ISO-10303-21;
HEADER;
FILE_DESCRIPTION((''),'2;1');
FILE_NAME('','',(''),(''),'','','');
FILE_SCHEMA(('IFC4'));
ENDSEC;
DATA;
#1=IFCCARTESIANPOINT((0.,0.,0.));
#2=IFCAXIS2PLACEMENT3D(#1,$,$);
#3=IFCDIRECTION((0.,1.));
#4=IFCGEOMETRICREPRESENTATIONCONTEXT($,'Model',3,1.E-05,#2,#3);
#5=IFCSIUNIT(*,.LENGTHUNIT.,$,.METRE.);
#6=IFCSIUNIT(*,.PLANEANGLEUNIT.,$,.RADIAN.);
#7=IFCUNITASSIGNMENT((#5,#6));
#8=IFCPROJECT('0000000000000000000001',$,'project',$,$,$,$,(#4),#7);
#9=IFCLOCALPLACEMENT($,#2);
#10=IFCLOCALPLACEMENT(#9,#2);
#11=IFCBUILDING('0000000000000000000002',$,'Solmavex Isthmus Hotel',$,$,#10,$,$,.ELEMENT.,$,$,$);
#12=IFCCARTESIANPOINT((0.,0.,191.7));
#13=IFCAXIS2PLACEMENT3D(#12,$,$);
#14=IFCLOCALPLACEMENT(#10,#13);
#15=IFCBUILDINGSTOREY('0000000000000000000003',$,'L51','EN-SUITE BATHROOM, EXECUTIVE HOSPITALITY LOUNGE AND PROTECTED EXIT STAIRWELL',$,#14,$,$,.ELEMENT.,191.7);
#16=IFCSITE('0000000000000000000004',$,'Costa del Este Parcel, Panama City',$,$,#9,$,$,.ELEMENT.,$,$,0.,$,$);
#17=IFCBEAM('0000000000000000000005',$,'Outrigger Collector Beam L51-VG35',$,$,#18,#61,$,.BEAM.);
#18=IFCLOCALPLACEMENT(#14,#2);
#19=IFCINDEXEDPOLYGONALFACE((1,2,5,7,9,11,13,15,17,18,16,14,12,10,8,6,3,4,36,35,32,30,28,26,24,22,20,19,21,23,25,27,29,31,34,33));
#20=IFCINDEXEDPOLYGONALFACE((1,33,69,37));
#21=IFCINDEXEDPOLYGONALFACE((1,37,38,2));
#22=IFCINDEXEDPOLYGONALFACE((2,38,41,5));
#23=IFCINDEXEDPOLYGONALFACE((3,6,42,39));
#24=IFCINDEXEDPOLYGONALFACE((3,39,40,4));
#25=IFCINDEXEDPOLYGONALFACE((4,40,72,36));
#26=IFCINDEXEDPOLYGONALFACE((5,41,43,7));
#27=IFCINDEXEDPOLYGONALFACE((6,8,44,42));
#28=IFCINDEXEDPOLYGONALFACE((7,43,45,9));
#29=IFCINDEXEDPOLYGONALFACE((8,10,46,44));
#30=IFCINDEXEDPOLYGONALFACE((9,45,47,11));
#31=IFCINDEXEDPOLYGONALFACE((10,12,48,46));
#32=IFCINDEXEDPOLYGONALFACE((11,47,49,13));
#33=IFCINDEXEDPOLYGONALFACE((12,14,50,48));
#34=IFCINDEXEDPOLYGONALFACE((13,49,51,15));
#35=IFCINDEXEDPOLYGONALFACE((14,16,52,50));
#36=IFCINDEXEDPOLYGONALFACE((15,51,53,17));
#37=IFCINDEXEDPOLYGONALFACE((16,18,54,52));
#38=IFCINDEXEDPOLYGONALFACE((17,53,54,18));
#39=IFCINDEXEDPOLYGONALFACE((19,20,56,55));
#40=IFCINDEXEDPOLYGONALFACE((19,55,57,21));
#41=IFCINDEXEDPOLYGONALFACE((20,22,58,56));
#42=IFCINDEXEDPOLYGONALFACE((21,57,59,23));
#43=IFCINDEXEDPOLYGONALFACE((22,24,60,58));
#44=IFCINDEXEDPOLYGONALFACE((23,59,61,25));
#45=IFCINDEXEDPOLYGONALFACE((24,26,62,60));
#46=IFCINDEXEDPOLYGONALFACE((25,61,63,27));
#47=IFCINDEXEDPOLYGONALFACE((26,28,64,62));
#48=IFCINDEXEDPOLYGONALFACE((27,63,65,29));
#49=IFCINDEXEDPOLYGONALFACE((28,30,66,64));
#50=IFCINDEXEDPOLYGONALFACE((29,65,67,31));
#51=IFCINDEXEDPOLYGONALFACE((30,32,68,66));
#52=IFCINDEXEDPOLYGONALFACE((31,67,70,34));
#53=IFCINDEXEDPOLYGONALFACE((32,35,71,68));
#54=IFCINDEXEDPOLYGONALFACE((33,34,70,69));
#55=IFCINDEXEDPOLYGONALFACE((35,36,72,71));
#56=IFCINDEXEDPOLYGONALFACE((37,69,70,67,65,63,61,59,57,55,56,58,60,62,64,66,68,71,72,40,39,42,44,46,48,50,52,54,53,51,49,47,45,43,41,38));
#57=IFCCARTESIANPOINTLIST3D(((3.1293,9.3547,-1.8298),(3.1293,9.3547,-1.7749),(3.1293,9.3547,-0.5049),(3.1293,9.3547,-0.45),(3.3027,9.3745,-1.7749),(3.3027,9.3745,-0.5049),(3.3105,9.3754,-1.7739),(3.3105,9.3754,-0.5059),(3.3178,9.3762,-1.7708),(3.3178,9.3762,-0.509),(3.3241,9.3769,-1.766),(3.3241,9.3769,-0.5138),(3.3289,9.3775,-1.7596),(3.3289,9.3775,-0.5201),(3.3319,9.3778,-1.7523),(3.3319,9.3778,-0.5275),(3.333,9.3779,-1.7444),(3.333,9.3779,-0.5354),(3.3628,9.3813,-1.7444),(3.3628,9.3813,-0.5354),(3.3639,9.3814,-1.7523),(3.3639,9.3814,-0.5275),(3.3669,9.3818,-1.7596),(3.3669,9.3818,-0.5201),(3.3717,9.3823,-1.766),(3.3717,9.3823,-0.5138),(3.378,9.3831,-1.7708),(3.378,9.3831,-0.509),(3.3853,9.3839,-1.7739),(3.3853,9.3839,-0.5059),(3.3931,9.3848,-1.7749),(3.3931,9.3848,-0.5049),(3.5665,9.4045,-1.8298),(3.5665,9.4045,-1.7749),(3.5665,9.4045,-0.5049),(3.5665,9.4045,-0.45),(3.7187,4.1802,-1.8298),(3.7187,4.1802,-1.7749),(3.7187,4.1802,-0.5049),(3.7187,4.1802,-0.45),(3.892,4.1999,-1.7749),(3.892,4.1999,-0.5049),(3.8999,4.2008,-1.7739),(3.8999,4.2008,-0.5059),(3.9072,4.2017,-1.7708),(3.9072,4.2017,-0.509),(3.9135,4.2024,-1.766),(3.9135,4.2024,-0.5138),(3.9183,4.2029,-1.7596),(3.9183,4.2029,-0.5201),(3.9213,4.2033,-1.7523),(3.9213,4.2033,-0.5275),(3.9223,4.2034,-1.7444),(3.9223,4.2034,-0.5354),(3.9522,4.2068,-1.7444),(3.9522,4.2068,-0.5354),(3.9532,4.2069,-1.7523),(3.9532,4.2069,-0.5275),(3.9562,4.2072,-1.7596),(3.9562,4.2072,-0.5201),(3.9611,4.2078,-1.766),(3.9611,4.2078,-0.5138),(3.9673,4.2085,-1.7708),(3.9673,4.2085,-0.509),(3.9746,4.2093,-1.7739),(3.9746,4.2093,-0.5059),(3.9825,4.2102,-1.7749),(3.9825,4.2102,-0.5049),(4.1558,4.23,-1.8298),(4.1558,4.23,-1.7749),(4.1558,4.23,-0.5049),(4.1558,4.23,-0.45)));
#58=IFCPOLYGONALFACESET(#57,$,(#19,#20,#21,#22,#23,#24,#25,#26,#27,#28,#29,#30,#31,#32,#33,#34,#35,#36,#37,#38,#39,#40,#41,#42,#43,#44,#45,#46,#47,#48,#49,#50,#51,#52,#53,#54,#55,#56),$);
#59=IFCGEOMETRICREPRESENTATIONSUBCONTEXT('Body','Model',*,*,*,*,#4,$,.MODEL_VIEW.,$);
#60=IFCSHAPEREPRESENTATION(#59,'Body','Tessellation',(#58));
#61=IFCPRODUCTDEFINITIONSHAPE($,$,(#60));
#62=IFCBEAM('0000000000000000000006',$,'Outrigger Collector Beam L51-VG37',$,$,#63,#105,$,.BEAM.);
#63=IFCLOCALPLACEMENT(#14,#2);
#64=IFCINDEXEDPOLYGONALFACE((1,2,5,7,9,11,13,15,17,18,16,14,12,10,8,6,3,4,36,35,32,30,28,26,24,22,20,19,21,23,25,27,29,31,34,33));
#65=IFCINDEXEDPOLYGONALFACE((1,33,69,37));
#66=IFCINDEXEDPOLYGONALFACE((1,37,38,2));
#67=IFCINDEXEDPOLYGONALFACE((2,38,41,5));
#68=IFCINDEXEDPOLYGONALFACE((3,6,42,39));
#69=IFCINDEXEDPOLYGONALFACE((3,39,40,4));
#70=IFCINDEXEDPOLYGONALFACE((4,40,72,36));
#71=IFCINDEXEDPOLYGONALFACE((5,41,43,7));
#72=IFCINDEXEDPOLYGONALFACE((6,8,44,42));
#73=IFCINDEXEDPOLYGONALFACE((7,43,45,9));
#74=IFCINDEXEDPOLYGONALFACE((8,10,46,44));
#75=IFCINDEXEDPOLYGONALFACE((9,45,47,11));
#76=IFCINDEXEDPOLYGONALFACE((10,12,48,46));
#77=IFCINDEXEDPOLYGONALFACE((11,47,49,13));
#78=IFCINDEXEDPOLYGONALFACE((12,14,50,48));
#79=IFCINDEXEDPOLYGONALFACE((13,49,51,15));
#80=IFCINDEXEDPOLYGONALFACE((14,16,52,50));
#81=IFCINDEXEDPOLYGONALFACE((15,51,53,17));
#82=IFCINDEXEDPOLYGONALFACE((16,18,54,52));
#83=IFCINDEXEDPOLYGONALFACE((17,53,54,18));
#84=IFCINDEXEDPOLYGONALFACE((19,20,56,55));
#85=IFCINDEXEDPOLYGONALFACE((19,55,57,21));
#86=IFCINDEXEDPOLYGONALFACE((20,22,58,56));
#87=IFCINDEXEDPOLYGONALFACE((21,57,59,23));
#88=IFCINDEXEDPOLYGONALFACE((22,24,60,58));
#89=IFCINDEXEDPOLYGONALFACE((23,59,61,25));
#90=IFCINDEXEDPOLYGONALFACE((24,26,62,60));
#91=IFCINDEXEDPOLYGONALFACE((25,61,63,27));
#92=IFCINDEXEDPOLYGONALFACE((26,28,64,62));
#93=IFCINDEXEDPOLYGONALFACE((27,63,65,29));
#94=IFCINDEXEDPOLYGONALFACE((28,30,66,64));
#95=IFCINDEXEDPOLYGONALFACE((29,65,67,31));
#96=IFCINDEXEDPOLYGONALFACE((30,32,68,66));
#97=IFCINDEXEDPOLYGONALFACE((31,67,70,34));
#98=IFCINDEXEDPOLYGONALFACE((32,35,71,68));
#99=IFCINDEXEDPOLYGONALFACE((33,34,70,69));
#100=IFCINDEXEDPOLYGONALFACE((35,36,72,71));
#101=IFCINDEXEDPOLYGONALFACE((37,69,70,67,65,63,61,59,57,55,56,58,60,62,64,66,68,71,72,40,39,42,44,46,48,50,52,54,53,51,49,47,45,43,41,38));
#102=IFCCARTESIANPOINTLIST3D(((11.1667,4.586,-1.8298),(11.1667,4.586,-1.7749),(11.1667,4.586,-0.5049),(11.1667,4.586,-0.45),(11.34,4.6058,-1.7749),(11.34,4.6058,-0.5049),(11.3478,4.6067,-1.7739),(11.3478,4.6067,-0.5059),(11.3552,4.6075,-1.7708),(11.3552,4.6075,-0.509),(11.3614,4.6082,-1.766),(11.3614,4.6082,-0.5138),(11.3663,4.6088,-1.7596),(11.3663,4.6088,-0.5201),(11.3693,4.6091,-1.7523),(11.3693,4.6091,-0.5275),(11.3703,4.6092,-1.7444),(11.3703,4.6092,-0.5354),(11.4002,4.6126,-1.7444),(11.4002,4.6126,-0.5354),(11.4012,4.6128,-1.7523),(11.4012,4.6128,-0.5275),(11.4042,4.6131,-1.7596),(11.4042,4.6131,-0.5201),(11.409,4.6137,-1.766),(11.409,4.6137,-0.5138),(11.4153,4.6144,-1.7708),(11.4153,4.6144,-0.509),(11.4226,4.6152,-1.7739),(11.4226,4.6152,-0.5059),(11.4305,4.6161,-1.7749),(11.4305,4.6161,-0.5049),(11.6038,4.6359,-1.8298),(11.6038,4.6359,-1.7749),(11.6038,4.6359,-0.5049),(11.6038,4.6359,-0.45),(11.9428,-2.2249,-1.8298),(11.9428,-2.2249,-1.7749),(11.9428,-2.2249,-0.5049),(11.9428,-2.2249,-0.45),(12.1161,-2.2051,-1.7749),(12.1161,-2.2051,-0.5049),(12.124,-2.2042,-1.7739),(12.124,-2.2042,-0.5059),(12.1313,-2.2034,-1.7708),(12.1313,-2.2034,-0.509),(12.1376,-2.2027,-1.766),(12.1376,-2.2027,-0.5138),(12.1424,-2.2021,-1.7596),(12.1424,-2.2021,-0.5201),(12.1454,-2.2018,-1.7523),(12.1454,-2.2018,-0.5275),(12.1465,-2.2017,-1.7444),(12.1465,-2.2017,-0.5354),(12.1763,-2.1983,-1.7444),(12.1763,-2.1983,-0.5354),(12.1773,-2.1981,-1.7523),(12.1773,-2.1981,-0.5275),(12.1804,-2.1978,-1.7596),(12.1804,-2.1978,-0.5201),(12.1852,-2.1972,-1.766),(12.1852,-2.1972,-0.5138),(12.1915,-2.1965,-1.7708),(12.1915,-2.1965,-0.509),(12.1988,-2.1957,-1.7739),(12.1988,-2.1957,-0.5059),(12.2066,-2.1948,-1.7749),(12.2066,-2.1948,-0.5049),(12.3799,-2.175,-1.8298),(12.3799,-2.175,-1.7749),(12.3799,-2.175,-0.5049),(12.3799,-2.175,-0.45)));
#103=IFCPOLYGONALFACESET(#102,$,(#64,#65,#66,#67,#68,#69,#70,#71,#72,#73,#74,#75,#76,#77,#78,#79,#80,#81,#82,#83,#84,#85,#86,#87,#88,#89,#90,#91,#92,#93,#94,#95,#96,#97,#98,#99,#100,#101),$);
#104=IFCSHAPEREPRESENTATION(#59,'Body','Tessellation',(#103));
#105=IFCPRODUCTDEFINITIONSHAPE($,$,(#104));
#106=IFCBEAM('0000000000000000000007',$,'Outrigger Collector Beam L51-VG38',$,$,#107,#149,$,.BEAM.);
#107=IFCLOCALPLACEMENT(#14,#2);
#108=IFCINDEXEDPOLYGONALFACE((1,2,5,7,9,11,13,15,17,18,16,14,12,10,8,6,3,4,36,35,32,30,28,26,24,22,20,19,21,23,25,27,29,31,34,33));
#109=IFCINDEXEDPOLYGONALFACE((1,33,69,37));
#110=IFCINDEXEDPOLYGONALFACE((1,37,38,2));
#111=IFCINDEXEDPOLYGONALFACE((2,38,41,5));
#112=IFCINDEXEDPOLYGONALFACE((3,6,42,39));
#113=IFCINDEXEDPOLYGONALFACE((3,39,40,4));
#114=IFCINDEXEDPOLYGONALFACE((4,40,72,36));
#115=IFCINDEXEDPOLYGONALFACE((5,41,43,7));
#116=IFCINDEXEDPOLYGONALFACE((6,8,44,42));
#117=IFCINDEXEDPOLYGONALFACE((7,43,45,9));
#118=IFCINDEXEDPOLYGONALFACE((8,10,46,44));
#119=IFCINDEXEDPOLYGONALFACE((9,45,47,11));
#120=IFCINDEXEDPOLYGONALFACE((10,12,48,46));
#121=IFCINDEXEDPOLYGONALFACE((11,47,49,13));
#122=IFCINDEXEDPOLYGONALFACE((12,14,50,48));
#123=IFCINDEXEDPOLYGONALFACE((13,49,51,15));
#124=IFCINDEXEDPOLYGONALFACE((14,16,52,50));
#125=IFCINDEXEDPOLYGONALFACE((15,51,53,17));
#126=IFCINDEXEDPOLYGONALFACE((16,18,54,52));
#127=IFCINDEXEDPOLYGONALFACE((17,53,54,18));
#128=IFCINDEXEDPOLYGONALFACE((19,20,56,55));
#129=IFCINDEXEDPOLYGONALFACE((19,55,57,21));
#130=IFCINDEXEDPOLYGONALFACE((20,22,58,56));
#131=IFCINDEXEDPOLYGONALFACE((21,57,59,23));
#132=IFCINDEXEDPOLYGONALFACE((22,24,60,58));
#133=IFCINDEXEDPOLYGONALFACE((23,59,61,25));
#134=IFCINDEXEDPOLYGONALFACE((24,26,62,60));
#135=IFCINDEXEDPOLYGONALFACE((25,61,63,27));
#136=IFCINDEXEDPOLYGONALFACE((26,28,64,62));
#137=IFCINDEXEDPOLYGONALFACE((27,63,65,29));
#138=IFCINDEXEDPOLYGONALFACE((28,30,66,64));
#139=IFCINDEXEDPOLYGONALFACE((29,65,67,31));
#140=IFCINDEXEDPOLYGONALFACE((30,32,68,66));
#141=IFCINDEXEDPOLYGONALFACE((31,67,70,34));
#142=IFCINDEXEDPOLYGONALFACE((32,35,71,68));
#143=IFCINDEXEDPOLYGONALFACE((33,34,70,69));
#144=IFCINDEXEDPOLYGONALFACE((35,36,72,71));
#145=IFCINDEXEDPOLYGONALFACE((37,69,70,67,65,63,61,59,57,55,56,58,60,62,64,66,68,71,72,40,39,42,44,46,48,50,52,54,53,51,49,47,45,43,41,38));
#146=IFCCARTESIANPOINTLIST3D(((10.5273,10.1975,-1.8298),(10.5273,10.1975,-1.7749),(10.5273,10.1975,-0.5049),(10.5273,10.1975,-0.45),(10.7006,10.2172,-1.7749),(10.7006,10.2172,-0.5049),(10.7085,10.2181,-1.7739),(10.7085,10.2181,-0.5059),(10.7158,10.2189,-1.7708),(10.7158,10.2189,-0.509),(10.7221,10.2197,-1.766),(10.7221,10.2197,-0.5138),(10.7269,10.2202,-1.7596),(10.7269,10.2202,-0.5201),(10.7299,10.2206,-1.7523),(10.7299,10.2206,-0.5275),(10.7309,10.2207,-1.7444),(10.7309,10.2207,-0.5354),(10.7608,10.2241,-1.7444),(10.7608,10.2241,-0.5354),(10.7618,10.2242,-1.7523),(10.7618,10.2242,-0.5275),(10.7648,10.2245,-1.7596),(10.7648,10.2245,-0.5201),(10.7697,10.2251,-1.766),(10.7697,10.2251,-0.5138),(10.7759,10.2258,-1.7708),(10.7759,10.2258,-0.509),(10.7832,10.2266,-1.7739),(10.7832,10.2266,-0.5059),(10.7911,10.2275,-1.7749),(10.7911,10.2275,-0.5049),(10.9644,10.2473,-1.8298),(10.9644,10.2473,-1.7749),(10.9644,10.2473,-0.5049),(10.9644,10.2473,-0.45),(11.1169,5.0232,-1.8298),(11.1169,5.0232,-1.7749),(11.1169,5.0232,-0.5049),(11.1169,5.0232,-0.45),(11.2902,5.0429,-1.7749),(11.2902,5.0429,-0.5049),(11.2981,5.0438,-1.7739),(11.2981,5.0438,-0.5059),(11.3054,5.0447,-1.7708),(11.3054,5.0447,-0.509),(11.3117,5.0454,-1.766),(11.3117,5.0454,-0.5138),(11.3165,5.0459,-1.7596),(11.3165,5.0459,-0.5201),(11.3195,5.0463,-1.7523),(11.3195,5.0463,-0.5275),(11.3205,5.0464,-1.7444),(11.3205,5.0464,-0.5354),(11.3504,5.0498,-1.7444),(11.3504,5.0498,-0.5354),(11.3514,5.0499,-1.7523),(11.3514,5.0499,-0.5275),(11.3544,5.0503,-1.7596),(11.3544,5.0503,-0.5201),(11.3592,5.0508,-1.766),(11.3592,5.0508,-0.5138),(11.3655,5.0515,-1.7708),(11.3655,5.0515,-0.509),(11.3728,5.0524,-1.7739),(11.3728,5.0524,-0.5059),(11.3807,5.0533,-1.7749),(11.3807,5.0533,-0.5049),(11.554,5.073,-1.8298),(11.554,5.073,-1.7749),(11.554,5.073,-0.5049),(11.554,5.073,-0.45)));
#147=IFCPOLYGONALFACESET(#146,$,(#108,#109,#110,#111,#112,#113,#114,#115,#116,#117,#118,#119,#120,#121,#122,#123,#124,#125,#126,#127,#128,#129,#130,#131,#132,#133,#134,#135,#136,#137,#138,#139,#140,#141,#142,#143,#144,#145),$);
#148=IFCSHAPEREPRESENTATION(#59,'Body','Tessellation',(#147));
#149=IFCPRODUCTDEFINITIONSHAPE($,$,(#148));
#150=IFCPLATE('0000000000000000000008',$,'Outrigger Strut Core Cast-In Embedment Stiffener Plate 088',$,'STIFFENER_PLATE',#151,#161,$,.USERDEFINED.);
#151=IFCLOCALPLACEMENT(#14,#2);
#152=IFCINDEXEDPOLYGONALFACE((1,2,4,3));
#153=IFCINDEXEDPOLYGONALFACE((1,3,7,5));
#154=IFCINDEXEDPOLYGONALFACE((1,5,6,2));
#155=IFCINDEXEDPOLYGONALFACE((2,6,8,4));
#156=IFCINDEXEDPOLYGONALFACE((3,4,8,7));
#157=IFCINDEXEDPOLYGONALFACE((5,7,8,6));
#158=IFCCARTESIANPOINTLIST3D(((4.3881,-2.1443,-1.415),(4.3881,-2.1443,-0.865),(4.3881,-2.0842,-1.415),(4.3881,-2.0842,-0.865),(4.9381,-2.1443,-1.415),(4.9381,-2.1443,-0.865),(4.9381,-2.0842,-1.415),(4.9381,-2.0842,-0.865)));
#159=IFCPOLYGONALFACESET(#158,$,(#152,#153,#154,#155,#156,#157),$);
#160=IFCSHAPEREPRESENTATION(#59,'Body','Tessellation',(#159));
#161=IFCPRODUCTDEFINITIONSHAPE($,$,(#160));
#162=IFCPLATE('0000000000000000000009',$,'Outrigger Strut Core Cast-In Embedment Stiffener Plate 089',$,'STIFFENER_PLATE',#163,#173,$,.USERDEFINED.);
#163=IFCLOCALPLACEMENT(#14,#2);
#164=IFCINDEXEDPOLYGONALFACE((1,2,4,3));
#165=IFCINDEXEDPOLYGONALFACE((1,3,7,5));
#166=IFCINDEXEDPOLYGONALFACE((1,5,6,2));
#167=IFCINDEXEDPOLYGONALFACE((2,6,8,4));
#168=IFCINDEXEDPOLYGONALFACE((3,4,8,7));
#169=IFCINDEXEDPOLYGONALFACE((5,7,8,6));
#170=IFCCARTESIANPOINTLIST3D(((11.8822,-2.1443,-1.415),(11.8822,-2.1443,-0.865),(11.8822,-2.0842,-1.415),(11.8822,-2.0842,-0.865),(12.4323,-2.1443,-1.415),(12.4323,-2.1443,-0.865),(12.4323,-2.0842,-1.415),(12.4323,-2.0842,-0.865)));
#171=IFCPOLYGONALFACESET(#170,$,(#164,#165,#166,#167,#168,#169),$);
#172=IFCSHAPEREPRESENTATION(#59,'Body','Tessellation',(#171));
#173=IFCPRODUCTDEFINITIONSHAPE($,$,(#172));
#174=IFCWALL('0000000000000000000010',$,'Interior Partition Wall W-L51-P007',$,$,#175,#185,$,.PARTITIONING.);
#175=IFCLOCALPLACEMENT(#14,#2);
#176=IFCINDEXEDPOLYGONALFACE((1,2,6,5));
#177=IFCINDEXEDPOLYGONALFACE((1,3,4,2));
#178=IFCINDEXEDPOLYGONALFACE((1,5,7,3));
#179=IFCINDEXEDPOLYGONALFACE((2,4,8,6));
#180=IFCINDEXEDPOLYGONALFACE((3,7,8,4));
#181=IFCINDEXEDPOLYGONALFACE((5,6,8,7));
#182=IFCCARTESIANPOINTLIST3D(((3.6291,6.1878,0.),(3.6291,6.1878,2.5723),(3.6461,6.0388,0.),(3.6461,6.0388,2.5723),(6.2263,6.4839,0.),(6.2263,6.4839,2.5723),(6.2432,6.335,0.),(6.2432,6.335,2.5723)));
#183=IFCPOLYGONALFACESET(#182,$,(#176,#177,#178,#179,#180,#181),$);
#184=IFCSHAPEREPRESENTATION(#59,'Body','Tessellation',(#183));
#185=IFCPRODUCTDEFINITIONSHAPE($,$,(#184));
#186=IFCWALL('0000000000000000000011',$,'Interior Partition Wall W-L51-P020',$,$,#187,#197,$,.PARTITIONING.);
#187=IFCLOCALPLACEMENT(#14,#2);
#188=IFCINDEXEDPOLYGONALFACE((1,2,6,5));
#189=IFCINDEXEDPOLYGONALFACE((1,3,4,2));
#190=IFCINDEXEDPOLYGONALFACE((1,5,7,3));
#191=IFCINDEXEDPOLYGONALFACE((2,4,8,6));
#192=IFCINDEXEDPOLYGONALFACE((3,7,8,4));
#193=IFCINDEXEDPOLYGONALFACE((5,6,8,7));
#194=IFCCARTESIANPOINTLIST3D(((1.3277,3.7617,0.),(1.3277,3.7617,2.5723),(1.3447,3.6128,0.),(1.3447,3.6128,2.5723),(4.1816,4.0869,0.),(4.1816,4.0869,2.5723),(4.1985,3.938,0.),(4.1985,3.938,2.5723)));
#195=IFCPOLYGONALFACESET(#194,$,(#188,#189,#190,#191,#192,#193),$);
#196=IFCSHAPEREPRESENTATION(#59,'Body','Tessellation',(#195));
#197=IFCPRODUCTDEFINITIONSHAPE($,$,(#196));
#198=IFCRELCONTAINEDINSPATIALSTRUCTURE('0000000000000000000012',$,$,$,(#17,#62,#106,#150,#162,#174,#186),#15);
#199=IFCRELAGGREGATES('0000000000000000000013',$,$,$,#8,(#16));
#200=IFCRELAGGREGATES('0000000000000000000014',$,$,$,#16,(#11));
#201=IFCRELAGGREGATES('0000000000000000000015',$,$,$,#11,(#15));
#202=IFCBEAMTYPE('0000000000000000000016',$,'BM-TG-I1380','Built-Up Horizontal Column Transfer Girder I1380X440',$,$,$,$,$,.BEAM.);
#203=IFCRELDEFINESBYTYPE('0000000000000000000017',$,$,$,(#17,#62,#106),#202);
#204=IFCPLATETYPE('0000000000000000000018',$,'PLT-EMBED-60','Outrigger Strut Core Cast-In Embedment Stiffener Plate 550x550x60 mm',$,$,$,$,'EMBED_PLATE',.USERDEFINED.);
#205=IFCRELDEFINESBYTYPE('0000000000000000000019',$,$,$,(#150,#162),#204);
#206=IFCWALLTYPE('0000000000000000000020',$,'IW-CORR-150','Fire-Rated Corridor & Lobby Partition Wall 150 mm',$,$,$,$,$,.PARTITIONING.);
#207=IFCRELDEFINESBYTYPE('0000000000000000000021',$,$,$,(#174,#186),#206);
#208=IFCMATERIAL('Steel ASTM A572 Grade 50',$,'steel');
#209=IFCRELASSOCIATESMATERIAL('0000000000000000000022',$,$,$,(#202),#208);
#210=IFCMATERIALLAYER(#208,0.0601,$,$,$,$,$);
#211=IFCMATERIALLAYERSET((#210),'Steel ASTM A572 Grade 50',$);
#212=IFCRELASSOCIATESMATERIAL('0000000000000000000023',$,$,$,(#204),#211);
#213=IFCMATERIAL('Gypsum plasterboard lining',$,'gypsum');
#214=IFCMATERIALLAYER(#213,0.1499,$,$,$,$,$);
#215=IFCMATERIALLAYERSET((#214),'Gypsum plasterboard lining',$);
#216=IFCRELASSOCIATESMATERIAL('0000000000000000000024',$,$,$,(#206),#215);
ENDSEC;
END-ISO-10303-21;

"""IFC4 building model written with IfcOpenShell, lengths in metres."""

from ifc_helpers import new_model, si_unit, direction, frame, frame_2d, origin, origin_2d, place, context, subcontext, project, spatial, rectangle, i_section, extrude, material, layer, layer_set, material_profile, profile_set, type_object, element, save


model = new_model("IFC4")

# Units and contexts
model_context = context("Model", 3, precision=1e-05, world=origin(), true_north=direction((0.0, 1.0)))
body_context = subcontext(model_context, "Body", "Model", "MODEL_VIEW")
ifc_project = project(units=[si_unit("LENGTHUNIT", "METRE"), si_unit("PLANEANGLEUNIT", "RADIAN")], contexts=[model_context])

# Site, building, storey
site_placement = place(None, origin())
site = spatial("IfcSite", under=ifc_project, at=site_placement, Name="Costa del Este Parcel, Panama City", CompositionType="ELEMENT", RefElevation=0.0)
building_placement = place(site_placement, origin())
building = spatial("IfcBuilding", under=site, at=building_placement, Name="Solmavex Isthmus Hotel", CompositionType="ELEMENT")
storey_placement = place(building_placement, frame((0.0, 0.0, 191.7)))
storey = spatial("IfcBuildingStorey", under=building, at=storey_placement, Name="L51", Description="EN-SUITE BATHROOM, EXECUTIVE HOSPITALITY LOUNGE AND PROTECTED EXIT STAIRWELL", CompositionType="ELEMENT", Elevation=191.7)

# Beams
ifc_material_1 = material(Name="Steel ASTM A572 Grade 50", Category="steel")
ifc_material_profile_1 = material_profile(ifc_material_1, i_section(OverallWidth=0.4399, OverallDepth=1.3799, WebThickness=0.03, FlangeThickness=0.0549, FilletRadius=0.0305, at=origin_2d()), Name="I1380X440")
ifc_profile_set_1 = profile_set([ifc_material_profile_1], Name="Steel ASTM A572 Grade 50")
beam_type_1 = type_object("IfcBeamType", Name="BM-TG-I1380", Description="Built-Up Horizontal Column Transfer Girder I1380X440", PredefinedType="BEAM", material=ifc_profile_set_1)
beam_1_placement = place(storey_placement, frame((3.9373, 4.2051, -1.1399), z_axis=(-0.113163, 0.993576, 0.0), x_axis=(-0.993576, -0.113163, 0.0)))
element("IfcBeam", 1, at=beam_1_placement, inside=storey, type_object=beam_type_1, Name="Outrigger Collector Beam L51-VG35", PredefinedType="BEAM", context=body_context, shape_type="SweptSolid", body=[
    extrude(i_section(OverallWidth=0.4399, OverallDepth=1.3799, WebThickness=0.03, FlangeThickness=0.0549, FilletRadius=0.0305, at=origin_2d()), origin(), (0.0, 0.0, 1.0), 5.208),
])
beam_2_placement = place(storey_placement, frame((12.1614, -2.2, -1.1399), z_axis=(-0.113222, 0.99357, 0.0), x_axis=(-0.99357, -0.113222, 0.0)))
element("IfcBeam", 2, at=beam_2_placement, inside=storey, type_object=beam_type_1, Name="Outrigger Collector Beam L51-VG37", PredefinedType="BEAM", context=body_context, shape_type="SweptSolid", body=[
    extrude(i_section(OverallWidth=0.4399, OverallDepth=1.3799, WebThickness=0.03, FlangeThickness=0.0549, FilletRadius=0.0305, at=origin_2d()), origin(), (0.0, 0.0, 1.0), 6.855),
])
beam_3_placement = place(storey_placement, frame((11.3354, 5.0481, -1.1399), z_axis=(-0.113215, 0.993571, 0.0), x_axis=(-0.993571, -0.113215, 0.0)))
element("IfcBeam", 3, at=beam_3_placement, inside=storey, type_object=beam_type_1, Name="Outrigger Collector Beam L51-VG38", PredefinedType="BEAM", context=body_context, shape_type="SweptSolid", body=[
    extrude(i_section(OverallWidth=0.4399, OverallDepth=1.3799, WebThickness=0.03, FlangeThickness=0.0549, FilletRadius=0.0305, at=origin_2d()), origin(), (0.0, 0.0, 1.0), 5.2078),
])

# Plates
ifc_layer_1 = layer(ifc_material_1, 0.0601)
ifc_layer_set_1 = layer_set([ifc_layer_1], Name="Steel ASTM A572 Grade 50")
plate_type = type_object("IfcPlateType", Name="PLT-EMBED-60", Description="Outrigger Strut Core Cast-In Embedment Stiffener Plate 550x550x60 mm", ElementType="EMBED_PLATE", PredefinedType="USERDEFINED", material=ifc_layer_set_1)
for number, where, z_axis, x_axis, name in (
    (4, (4.6631, -2.1143, -1.415), (0.0, 0.0, 1.0), (1.0, 0.0, 0.0), "Outrigger Strut Core Cast-In Embedment Stiffener Plate 088"),
    (5, (12.1572, -2.1143, -1.415), (0.0, 0.0, 1.0), (1.0, 0.0, 0.0), "Outrigger Strut Core Cast-In Embedment Stiffener Plate 089"),
):
    element("IfcPlate", number, at=place(storey_placement, frame(where, z_axis=z_axis, x_axis=x_axis)), inside=storey, type_object=plate_type, Name=name, ObjectType="STIFFENER_PLATE", PredefinedType="USERDEFINED", context=body_context, shape_type="SweptSolid", body=[
        extrude(rectangle(XDim=0.55, YDim=0.0601, at=origin_2d()), origin(), (0.0, 0.0, 1.0), 0.55),
    ])

# Walls
ifc_material_2 = material(Name="Gypsum plasterboard lining", Category="gypsum")
ifc_layer_2 = layer(ifc_material_2, 0.1499)
ifc_layer_set_2 = layer_set([ifc_layer_2], Name="Gypsum plasterboard lining")
wall_type = type_object("IfcWallType", Name="IW-CORR-150", Description="Fire-Rated Corridor & Lobby Partition Wall 150 mm", PredefinedType="PARTITIONING", material=ifc_layer_set_2)
wall_1_placement = place(storey_placement, frame((3.6375, 6.1133, 0.0), z_axis=(0.0, 0.0, 1.0), x_axis=(0.993562, 0.113291, 0.0)))
element("IfcWall", 6, at=wall_1_placement, inside=storey, type_object=wall_type, Name="Interior Partition Wall W-L51-P007", PredefinedType="PARTITIONING", context=body_context, shape_type="SweptSolid", body=[
    extrude(rectangle(XDim=2.614, YDim=0.1499, at=frame_2d((1.3071, 0.0))), origin(), (0.0, 0.0, 1.0), 2.5723),
])
wall_2_placement = place(storey_placement, frame((4.1899, 4.0125, 0.0), z_axis=(0.0, 0.0, 1.0), x_axis=(-0.99357, -0.113221, 0.0)))
element("IfcWall", 7, at=wall_2_placement, inside=storey, type_object=wall_type, Name="Interior Partition Wall W-L51-P020", PredefinedType="PARTITIONING", context=body_context, shape_type="SweptSolid", body=[
    extrude(rectangle(XDim=2.8723, YDim=0.1499, at=frame_2d((1.436, 0.0))), origin(), (0.0, 0.0, 1.0), 2.5723),
])

save(model, "model.ifc")
